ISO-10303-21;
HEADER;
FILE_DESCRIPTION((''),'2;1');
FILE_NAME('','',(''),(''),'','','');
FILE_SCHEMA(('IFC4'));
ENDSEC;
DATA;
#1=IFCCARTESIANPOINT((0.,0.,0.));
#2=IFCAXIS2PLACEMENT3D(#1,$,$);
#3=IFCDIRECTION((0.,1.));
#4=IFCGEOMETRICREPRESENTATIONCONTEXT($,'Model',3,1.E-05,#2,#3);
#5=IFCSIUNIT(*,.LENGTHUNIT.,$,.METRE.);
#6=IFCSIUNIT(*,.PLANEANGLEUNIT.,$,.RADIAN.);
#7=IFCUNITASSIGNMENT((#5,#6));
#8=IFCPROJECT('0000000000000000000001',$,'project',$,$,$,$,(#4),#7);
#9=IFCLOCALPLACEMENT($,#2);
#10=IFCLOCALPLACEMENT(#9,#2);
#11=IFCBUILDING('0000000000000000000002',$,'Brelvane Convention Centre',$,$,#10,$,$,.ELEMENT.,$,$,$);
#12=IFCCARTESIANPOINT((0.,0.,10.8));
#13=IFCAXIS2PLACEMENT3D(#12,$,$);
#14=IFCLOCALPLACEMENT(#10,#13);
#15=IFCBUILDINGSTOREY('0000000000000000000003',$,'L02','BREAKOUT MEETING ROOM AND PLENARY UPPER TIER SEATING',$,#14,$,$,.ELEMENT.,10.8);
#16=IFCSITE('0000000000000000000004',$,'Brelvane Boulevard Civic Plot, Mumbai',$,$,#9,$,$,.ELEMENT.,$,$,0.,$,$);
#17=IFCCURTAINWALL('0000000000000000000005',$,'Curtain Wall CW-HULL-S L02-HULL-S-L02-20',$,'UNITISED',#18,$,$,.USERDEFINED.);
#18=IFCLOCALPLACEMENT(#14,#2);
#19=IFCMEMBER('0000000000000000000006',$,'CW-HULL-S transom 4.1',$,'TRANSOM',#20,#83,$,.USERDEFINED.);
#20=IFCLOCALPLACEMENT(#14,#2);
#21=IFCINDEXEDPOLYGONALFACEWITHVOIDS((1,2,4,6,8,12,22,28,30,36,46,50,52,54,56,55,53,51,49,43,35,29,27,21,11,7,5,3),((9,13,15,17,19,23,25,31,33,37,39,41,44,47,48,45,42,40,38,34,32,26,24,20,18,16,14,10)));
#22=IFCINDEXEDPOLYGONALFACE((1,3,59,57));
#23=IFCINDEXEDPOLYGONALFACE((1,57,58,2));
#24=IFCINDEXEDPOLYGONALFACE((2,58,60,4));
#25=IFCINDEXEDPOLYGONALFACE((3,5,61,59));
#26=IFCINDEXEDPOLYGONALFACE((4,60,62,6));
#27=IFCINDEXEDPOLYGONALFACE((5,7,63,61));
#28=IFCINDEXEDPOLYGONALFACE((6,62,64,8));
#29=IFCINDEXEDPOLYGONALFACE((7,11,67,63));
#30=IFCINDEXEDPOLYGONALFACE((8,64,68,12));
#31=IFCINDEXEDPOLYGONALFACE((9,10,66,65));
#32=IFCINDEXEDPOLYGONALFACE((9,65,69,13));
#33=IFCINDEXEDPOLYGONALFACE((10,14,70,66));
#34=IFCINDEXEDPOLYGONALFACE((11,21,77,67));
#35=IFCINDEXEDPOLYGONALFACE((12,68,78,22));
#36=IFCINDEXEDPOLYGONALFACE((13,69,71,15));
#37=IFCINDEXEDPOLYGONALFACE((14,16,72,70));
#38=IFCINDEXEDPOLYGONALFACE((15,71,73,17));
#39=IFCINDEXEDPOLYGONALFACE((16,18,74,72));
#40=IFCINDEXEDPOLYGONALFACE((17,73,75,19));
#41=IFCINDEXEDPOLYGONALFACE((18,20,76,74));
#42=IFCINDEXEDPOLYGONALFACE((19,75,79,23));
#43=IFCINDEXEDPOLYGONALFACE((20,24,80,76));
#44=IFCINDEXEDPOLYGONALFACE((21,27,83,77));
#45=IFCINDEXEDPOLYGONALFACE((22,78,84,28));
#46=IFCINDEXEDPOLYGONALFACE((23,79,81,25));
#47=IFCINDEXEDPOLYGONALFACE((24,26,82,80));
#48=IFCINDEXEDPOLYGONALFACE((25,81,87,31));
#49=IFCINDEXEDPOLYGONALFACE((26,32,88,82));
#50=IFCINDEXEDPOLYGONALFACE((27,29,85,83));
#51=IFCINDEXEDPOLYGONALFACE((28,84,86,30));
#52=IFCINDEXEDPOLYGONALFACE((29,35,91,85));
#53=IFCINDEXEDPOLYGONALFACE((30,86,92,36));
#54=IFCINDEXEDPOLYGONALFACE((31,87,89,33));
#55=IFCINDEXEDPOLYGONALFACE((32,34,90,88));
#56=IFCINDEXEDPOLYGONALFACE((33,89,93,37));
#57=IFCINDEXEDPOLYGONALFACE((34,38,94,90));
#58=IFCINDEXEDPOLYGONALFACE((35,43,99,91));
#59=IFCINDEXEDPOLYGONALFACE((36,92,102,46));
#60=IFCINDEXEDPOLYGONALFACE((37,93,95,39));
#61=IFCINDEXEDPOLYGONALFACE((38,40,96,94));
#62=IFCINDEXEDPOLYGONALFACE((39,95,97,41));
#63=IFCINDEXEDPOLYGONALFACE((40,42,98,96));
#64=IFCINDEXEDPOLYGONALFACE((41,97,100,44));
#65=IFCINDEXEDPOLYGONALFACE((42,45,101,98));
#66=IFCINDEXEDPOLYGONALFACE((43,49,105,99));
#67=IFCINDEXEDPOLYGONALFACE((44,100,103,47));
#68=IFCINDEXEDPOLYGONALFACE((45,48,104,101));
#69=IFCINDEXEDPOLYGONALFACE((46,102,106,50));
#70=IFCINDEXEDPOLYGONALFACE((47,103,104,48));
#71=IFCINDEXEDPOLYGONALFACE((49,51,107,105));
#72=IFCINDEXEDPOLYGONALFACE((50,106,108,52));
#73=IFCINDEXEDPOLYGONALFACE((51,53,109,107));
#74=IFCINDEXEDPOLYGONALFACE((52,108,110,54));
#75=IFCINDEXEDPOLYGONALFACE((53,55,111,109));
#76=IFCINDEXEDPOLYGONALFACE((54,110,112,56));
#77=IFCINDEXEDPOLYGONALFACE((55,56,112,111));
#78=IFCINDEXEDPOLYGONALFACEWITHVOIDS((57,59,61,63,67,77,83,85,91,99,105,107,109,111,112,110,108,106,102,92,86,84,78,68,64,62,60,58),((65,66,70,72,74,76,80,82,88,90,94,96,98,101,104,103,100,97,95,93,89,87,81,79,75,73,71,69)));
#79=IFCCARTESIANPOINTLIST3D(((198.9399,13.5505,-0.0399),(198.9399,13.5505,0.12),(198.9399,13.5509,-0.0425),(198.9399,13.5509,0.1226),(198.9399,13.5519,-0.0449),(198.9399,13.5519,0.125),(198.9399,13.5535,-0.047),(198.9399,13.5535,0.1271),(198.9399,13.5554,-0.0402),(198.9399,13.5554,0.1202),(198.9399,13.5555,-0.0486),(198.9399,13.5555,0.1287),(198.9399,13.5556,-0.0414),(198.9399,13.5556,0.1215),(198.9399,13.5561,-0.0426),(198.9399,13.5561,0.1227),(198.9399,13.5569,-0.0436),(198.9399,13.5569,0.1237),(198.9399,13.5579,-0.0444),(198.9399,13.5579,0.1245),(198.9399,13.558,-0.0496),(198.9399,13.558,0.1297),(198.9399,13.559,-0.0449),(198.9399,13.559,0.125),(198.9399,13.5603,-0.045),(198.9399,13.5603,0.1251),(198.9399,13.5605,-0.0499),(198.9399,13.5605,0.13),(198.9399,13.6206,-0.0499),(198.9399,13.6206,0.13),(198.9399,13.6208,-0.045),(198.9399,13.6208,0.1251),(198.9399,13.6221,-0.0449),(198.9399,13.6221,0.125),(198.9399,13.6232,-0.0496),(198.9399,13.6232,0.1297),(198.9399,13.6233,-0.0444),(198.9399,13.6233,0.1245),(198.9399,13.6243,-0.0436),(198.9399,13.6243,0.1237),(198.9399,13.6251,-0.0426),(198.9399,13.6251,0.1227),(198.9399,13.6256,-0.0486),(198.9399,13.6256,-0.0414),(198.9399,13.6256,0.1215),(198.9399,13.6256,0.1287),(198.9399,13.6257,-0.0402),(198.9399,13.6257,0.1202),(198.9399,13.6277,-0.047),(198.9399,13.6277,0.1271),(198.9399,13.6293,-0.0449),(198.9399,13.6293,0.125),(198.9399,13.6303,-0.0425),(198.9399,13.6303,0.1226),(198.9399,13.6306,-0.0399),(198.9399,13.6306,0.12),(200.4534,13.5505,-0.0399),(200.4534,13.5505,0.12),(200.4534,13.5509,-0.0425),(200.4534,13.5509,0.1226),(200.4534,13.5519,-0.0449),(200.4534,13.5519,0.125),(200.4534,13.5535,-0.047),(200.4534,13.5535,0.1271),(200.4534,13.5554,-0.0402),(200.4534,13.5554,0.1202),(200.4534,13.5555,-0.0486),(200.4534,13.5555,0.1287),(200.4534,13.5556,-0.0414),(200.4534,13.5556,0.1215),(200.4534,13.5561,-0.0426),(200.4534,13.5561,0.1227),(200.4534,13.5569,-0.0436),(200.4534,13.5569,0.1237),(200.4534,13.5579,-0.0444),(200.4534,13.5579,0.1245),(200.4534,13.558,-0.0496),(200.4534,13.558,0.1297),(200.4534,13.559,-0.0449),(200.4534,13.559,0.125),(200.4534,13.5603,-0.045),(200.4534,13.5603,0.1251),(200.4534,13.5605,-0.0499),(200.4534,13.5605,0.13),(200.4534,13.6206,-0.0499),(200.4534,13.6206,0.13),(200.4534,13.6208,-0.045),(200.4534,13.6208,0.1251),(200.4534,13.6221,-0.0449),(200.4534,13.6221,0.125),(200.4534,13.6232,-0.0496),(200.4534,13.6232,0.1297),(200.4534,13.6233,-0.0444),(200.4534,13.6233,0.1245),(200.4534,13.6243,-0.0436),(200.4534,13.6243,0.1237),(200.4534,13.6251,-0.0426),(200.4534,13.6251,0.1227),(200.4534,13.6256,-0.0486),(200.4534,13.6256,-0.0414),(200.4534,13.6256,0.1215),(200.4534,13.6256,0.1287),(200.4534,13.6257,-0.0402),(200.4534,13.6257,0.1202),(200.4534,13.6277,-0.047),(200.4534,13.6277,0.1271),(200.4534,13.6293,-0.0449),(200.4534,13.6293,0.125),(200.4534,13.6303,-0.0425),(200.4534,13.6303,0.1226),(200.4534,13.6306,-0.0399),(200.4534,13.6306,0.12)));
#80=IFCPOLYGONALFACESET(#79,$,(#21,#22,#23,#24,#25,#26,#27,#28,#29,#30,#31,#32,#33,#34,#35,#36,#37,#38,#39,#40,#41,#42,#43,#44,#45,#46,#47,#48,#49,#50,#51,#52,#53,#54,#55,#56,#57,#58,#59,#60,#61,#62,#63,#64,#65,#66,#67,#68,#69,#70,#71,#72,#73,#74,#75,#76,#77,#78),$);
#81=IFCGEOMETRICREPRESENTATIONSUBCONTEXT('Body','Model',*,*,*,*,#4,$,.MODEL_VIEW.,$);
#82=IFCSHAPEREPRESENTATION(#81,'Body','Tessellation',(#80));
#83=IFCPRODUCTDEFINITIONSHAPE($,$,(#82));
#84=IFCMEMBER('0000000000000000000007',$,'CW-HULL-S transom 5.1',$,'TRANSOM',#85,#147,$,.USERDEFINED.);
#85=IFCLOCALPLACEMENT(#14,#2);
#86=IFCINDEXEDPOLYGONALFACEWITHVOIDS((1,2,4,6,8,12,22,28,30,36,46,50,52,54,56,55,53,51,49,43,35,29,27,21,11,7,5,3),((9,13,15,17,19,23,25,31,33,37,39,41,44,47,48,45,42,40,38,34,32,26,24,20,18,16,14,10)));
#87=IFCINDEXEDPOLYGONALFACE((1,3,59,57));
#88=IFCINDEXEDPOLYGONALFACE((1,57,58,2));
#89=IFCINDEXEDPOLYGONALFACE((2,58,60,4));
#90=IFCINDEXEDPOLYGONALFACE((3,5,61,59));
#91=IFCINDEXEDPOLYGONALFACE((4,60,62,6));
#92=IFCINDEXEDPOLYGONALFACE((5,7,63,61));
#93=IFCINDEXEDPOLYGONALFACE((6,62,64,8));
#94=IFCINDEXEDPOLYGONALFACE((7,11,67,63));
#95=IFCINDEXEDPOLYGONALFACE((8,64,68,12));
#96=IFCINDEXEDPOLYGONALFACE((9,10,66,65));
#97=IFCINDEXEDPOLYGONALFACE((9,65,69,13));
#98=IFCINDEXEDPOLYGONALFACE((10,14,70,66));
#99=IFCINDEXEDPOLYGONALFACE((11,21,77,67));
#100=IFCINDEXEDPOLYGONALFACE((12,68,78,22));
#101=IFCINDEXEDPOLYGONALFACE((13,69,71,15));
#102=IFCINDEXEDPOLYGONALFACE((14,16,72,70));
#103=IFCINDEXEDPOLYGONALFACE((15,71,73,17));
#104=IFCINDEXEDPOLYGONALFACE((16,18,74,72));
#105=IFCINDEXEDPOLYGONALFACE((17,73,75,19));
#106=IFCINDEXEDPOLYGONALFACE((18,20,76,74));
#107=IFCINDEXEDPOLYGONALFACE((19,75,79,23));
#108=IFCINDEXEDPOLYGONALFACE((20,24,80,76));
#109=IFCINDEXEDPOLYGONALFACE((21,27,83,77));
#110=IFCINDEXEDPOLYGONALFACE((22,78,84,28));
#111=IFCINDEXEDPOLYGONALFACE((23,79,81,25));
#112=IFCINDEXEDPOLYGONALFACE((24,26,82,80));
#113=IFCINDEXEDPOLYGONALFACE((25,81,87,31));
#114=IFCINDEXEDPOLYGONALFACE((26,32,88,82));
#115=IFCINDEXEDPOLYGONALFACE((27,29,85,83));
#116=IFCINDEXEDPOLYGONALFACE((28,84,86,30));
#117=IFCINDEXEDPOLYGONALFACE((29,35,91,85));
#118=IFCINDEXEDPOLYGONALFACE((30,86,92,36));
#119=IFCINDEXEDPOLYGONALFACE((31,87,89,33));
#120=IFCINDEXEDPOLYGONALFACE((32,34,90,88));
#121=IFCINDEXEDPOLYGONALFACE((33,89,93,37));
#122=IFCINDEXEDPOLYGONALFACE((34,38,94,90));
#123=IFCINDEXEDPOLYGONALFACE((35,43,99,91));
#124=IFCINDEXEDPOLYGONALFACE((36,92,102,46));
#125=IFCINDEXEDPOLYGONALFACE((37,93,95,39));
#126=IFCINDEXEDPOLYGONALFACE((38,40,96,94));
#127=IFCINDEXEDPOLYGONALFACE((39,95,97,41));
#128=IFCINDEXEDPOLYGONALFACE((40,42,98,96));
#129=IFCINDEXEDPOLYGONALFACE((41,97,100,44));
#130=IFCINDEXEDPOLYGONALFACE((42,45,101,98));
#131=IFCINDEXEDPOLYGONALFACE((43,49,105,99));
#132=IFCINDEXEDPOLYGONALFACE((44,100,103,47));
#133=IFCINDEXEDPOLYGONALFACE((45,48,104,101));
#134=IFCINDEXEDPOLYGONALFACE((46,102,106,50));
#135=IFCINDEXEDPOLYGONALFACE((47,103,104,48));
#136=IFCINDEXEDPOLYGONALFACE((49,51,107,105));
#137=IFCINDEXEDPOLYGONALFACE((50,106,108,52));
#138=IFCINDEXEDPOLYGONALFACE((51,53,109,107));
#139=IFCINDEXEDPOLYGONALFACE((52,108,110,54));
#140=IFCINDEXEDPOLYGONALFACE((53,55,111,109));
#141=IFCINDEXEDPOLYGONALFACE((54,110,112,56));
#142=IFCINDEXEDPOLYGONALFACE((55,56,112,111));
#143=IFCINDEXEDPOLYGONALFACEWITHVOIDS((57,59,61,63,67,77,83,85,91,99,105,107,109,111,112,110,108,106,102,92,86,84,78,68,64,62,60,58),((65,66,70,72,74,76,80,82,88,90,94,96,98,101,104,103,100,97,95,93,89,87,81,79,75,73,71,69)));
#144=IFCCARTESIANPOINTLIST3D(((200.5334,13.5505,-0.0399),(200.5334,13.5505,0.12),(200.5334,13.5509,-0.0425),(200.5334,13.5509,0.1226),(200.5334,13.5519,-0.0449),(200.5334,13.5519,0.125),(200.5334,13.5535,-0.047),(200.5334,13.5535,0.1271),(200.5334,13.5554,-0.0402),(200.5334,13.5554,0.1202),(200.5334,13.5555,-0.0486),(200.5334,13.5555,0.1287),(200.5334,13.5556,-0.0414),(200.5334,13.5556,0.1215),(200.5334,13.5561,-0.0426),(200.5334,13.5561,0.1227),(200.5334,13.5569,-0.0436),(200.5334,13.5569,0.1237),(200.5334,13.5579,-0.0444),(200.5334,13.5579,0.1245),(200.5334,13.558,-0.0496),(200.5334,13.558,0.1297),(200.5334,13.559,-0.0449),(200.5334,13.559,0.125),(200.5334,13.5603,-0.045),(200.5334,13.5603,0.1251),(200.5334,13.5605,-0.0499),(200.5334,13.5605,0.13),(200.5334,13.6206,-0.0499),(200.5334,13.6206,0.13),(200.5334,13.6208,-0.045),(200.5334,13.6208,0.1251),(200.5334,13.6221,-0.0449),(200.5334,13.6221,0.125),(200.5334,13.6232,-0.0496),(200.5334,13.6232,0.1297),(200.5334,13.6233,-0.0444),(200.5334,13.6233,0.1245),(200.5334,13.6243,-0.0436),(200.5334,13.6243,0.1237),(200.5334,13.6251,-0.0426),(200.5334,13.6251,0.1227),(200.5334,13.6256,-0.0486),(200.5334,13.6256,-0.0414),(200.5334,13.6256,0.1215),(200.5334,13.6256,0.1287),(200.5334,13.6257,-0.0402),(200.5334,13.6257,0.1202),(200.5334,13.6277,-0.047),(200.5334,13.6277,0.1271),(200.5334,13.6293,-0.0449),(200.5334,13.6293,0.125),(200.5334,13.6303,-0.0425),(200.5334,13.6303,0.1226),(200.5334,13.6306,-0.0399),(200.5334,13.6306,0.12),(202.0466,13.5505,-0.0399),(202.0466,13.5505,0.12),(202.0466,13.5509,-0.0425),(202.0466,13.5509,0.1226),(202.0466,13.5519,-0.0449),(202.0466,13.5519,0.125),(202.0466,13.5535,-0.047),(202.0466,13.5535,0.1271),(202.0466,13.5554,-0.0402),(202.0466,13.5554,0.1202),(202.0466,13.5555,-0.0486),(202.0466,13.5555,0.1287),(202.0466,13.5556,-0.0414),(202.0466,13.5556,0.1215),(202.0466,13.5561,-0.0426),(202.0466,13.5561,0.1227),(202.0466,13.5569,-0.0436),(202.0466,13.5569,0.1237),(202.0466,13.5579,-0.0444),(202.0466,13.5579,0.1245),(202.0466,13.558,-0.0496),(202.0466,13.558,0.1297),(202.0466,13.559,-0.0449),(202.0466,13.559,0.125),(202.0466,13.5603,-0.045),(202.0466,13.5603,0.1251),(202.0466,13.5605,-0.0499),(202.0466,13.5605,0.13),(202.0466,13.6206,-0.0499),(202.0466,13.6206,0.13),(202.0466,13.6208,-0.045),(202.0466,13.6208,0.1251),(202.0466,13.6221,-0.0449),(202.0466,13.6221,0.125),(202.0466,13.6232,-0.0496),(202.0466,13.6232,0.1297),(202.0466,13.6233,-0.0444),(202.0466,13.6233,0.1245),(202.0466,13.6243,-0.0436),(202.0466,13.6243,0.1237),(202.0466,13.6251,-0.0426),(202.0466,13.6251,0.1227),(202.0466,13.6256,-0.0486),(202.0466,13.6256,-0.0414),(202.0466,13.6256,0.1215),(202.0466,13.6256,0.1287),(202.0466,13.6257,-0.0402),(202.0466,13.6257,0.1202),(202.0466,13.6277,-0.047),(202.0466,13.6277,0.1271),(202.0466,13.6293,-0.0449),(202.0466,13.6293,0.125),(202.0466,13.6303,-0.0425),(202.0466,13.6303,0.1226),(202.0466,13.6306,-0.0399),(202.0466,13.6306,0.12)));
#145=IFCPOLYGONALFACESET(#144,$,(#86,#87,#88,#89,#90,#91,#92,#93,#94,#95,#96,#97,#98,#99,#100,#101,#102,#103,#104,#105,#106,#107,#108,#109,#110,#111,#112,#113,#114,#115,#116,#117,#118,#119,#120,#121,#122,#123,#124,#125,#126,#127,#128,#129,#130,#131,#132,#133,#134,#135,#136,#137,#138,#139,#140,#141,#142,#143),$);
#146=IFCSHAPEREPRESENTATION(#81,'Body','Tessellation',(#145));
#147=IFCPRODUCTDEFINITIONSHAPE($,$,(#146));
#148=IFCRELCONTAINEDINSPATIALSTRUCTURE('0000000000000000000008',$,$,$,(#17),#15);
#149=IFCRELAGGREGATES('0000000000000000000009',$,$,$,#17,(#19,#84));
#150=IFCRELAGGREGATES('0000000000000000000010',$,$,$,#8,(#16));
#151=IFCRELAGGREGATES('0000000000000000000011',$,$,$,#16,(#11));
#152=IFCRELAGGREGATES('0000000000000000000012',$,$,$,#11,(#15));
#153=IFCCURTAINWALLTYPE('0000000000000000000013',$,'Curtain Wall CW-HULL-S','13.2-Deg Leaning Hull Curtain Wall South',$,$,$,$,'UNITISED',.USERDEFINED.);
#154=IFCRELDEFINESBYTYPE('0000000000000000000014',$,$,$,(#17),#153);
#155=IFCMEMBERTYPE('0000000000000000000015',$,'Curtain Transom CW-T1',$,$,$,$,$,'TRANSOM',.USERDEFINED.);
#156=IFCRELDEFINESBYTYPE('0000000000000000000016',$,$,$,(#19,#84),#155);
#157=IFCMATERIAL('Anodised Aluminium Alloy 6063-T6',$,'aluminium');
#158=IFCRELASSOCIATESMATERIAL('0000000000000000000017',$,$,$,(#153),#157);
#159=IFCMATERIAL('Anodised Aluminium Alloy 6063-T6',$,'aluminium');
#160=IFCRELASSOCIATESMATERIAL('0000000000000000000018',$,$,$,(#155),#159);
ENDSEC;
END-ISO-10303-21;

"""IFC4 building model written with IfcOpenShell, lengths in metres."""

from ifc_helpers import new_model, si_unit, direction, frame, origin, origin_2d, place, context, subcontext, project, spatial, hollow_rectangle, extrude, material, material_profile, profile_set, type_object, element, aggregate, save


model = new_model("IFC4")

# Units and contexts
model_context = context("Model", 3, precision=1e-05, world=origin(), true_north=direction((0.0, 1.0)))
body_context = subcontext(model_context, "Body", "Model", "MODEL_VIEW")
ifc_project = project(units=[si_unit("LENGTHUNIT", "METRE"), si_unit("PLANEANGLEUNIT", "RADIAN")], contexts=[model_context])

# Site, building, storey
site_placement = place(None, origin())
site = spatial("IfcSite", under=ifc_project, at=site_placement, Name="Brelvane Boulevard Civic Plot, Mumbai", CompositionType="ELEMENT", RefElevation=0.0)
building_placement = place(site_placement, origin())
building = spatial("IfcBuilding", under=site, at=building_placement, Name="Brelvane Convention Centre", CompositionType="ELEMENT")
storey_placement = place(building_placement, frame((0.0, 0.0, 10.8)))
storey = spatial("IfcBuildingStorey", under=building, at=storey_placement, Name="L02", Description="BREAKOUT MEETING ROOM AND PLENARY UPPER TIER SEATING", CompositionType="ELEMENT", Elevation=10.8)

# Curtain wall
ifc_material_1 = material(Name="Anodised Aluminium Alloy 6063-T6", Category="aluminium")
curtain_wall_type = type_object("IfcCurtainWallType", Name="Curtain Wall CW-HULL-S", Description="13.2-Deg Leaning Hull Curtain Wall South", ElementType="UNITISED", PredefinedType="USERDEFINED", material=ifc_material_1)
curtain_wall_1_placement = place(storey_placement, origin())
curtain_wall_1 = element("IfcCurtainWall", 1, at=curtain_wall_1_placement, inside=storey, type_object=curtain_wall_type, Name="Curtain Wall CW-HULL-S L02-HULL-S-L02-20", ObjectType="UNITISED", PredefinedType="USERDEFINED")

# Members
ifc_material_2 = material(Name="Anodised Aluminium Alloy 6063-T6", Category="aluminium")
ifc_material_profile_1 = material_profile(ifc_material_2, hollow_rectangle(XDim=0.0801, YDim=0.1799, WallThickness=0.0049, InnerFilletRadius=0.0049, OuterFilletRadius=0.01, at=origin_2d()), Name="ALU-T 180x80x5.0")
ifc_profile_set_1 = profile_set([ifc_material_profile_1], Name="Anodised Aluminium Alloy 6063-T6")
member_type_1 = type_object("IfcMemberType", Name="Curtain Transom CW-T1", ElementType="TRANSOM", PredefinedType="USERDEFINED", material=ifc_profile_set_1)
member_1_placement = place(storey_placement, frame((198.9399, 13.5906, 0.04), z_axis=(1.0, 0.0, 0.0), x_axis=(0.0, 1.0, 0.0)))
member_1 = element("IfcMember", 2, at=member_1_placement, type_object=member_type_1, Name="CW-HULL-S transom 4.1", ObjectType="TRANSOM", PredefinedType="USERDEFINED", context=body_context, shape_type="SweptSolid", body=[
    extrude(hollow_rectangle(XDim=0.0801, YDim=0.1799, WallThickness=0.0049, InnerFilletRadius=0.0049, OuterFilletRadius=0.01, at=origin_2d()), origin(), (0.0, 0.0, 1.0), 1.5134),
])
member_2_placement = place(storey_placement, frame((200.5334, 13.5906, 0.04), z_axis=(1.0, 0.0, 0.0), x_axis=(0.0, 1.0, 0.0)))
member_2 = element("IfcMember", 3, at=member_2_placement, type_object=member_type_1, Name="CW-HULL-S transom 5.1", ObjectType="TRANSOM", PredefinedType="USERDEFINED", context=body_context, shape_type="SweptSolid", body=[
    extrude(hollow_rectangle(XDim=0.0801, YDim=0.1799, WallThickness=0.0049, InnerFilletRadius=0.0049, OuterFilletRadius=0.01, at=origin_2d()), origin(), (0.0, 0.0, 1.0), 1.5132),
])

aggregate(curtain_wall_1, [member_1, member_2])

save(model, "model.ifc")
